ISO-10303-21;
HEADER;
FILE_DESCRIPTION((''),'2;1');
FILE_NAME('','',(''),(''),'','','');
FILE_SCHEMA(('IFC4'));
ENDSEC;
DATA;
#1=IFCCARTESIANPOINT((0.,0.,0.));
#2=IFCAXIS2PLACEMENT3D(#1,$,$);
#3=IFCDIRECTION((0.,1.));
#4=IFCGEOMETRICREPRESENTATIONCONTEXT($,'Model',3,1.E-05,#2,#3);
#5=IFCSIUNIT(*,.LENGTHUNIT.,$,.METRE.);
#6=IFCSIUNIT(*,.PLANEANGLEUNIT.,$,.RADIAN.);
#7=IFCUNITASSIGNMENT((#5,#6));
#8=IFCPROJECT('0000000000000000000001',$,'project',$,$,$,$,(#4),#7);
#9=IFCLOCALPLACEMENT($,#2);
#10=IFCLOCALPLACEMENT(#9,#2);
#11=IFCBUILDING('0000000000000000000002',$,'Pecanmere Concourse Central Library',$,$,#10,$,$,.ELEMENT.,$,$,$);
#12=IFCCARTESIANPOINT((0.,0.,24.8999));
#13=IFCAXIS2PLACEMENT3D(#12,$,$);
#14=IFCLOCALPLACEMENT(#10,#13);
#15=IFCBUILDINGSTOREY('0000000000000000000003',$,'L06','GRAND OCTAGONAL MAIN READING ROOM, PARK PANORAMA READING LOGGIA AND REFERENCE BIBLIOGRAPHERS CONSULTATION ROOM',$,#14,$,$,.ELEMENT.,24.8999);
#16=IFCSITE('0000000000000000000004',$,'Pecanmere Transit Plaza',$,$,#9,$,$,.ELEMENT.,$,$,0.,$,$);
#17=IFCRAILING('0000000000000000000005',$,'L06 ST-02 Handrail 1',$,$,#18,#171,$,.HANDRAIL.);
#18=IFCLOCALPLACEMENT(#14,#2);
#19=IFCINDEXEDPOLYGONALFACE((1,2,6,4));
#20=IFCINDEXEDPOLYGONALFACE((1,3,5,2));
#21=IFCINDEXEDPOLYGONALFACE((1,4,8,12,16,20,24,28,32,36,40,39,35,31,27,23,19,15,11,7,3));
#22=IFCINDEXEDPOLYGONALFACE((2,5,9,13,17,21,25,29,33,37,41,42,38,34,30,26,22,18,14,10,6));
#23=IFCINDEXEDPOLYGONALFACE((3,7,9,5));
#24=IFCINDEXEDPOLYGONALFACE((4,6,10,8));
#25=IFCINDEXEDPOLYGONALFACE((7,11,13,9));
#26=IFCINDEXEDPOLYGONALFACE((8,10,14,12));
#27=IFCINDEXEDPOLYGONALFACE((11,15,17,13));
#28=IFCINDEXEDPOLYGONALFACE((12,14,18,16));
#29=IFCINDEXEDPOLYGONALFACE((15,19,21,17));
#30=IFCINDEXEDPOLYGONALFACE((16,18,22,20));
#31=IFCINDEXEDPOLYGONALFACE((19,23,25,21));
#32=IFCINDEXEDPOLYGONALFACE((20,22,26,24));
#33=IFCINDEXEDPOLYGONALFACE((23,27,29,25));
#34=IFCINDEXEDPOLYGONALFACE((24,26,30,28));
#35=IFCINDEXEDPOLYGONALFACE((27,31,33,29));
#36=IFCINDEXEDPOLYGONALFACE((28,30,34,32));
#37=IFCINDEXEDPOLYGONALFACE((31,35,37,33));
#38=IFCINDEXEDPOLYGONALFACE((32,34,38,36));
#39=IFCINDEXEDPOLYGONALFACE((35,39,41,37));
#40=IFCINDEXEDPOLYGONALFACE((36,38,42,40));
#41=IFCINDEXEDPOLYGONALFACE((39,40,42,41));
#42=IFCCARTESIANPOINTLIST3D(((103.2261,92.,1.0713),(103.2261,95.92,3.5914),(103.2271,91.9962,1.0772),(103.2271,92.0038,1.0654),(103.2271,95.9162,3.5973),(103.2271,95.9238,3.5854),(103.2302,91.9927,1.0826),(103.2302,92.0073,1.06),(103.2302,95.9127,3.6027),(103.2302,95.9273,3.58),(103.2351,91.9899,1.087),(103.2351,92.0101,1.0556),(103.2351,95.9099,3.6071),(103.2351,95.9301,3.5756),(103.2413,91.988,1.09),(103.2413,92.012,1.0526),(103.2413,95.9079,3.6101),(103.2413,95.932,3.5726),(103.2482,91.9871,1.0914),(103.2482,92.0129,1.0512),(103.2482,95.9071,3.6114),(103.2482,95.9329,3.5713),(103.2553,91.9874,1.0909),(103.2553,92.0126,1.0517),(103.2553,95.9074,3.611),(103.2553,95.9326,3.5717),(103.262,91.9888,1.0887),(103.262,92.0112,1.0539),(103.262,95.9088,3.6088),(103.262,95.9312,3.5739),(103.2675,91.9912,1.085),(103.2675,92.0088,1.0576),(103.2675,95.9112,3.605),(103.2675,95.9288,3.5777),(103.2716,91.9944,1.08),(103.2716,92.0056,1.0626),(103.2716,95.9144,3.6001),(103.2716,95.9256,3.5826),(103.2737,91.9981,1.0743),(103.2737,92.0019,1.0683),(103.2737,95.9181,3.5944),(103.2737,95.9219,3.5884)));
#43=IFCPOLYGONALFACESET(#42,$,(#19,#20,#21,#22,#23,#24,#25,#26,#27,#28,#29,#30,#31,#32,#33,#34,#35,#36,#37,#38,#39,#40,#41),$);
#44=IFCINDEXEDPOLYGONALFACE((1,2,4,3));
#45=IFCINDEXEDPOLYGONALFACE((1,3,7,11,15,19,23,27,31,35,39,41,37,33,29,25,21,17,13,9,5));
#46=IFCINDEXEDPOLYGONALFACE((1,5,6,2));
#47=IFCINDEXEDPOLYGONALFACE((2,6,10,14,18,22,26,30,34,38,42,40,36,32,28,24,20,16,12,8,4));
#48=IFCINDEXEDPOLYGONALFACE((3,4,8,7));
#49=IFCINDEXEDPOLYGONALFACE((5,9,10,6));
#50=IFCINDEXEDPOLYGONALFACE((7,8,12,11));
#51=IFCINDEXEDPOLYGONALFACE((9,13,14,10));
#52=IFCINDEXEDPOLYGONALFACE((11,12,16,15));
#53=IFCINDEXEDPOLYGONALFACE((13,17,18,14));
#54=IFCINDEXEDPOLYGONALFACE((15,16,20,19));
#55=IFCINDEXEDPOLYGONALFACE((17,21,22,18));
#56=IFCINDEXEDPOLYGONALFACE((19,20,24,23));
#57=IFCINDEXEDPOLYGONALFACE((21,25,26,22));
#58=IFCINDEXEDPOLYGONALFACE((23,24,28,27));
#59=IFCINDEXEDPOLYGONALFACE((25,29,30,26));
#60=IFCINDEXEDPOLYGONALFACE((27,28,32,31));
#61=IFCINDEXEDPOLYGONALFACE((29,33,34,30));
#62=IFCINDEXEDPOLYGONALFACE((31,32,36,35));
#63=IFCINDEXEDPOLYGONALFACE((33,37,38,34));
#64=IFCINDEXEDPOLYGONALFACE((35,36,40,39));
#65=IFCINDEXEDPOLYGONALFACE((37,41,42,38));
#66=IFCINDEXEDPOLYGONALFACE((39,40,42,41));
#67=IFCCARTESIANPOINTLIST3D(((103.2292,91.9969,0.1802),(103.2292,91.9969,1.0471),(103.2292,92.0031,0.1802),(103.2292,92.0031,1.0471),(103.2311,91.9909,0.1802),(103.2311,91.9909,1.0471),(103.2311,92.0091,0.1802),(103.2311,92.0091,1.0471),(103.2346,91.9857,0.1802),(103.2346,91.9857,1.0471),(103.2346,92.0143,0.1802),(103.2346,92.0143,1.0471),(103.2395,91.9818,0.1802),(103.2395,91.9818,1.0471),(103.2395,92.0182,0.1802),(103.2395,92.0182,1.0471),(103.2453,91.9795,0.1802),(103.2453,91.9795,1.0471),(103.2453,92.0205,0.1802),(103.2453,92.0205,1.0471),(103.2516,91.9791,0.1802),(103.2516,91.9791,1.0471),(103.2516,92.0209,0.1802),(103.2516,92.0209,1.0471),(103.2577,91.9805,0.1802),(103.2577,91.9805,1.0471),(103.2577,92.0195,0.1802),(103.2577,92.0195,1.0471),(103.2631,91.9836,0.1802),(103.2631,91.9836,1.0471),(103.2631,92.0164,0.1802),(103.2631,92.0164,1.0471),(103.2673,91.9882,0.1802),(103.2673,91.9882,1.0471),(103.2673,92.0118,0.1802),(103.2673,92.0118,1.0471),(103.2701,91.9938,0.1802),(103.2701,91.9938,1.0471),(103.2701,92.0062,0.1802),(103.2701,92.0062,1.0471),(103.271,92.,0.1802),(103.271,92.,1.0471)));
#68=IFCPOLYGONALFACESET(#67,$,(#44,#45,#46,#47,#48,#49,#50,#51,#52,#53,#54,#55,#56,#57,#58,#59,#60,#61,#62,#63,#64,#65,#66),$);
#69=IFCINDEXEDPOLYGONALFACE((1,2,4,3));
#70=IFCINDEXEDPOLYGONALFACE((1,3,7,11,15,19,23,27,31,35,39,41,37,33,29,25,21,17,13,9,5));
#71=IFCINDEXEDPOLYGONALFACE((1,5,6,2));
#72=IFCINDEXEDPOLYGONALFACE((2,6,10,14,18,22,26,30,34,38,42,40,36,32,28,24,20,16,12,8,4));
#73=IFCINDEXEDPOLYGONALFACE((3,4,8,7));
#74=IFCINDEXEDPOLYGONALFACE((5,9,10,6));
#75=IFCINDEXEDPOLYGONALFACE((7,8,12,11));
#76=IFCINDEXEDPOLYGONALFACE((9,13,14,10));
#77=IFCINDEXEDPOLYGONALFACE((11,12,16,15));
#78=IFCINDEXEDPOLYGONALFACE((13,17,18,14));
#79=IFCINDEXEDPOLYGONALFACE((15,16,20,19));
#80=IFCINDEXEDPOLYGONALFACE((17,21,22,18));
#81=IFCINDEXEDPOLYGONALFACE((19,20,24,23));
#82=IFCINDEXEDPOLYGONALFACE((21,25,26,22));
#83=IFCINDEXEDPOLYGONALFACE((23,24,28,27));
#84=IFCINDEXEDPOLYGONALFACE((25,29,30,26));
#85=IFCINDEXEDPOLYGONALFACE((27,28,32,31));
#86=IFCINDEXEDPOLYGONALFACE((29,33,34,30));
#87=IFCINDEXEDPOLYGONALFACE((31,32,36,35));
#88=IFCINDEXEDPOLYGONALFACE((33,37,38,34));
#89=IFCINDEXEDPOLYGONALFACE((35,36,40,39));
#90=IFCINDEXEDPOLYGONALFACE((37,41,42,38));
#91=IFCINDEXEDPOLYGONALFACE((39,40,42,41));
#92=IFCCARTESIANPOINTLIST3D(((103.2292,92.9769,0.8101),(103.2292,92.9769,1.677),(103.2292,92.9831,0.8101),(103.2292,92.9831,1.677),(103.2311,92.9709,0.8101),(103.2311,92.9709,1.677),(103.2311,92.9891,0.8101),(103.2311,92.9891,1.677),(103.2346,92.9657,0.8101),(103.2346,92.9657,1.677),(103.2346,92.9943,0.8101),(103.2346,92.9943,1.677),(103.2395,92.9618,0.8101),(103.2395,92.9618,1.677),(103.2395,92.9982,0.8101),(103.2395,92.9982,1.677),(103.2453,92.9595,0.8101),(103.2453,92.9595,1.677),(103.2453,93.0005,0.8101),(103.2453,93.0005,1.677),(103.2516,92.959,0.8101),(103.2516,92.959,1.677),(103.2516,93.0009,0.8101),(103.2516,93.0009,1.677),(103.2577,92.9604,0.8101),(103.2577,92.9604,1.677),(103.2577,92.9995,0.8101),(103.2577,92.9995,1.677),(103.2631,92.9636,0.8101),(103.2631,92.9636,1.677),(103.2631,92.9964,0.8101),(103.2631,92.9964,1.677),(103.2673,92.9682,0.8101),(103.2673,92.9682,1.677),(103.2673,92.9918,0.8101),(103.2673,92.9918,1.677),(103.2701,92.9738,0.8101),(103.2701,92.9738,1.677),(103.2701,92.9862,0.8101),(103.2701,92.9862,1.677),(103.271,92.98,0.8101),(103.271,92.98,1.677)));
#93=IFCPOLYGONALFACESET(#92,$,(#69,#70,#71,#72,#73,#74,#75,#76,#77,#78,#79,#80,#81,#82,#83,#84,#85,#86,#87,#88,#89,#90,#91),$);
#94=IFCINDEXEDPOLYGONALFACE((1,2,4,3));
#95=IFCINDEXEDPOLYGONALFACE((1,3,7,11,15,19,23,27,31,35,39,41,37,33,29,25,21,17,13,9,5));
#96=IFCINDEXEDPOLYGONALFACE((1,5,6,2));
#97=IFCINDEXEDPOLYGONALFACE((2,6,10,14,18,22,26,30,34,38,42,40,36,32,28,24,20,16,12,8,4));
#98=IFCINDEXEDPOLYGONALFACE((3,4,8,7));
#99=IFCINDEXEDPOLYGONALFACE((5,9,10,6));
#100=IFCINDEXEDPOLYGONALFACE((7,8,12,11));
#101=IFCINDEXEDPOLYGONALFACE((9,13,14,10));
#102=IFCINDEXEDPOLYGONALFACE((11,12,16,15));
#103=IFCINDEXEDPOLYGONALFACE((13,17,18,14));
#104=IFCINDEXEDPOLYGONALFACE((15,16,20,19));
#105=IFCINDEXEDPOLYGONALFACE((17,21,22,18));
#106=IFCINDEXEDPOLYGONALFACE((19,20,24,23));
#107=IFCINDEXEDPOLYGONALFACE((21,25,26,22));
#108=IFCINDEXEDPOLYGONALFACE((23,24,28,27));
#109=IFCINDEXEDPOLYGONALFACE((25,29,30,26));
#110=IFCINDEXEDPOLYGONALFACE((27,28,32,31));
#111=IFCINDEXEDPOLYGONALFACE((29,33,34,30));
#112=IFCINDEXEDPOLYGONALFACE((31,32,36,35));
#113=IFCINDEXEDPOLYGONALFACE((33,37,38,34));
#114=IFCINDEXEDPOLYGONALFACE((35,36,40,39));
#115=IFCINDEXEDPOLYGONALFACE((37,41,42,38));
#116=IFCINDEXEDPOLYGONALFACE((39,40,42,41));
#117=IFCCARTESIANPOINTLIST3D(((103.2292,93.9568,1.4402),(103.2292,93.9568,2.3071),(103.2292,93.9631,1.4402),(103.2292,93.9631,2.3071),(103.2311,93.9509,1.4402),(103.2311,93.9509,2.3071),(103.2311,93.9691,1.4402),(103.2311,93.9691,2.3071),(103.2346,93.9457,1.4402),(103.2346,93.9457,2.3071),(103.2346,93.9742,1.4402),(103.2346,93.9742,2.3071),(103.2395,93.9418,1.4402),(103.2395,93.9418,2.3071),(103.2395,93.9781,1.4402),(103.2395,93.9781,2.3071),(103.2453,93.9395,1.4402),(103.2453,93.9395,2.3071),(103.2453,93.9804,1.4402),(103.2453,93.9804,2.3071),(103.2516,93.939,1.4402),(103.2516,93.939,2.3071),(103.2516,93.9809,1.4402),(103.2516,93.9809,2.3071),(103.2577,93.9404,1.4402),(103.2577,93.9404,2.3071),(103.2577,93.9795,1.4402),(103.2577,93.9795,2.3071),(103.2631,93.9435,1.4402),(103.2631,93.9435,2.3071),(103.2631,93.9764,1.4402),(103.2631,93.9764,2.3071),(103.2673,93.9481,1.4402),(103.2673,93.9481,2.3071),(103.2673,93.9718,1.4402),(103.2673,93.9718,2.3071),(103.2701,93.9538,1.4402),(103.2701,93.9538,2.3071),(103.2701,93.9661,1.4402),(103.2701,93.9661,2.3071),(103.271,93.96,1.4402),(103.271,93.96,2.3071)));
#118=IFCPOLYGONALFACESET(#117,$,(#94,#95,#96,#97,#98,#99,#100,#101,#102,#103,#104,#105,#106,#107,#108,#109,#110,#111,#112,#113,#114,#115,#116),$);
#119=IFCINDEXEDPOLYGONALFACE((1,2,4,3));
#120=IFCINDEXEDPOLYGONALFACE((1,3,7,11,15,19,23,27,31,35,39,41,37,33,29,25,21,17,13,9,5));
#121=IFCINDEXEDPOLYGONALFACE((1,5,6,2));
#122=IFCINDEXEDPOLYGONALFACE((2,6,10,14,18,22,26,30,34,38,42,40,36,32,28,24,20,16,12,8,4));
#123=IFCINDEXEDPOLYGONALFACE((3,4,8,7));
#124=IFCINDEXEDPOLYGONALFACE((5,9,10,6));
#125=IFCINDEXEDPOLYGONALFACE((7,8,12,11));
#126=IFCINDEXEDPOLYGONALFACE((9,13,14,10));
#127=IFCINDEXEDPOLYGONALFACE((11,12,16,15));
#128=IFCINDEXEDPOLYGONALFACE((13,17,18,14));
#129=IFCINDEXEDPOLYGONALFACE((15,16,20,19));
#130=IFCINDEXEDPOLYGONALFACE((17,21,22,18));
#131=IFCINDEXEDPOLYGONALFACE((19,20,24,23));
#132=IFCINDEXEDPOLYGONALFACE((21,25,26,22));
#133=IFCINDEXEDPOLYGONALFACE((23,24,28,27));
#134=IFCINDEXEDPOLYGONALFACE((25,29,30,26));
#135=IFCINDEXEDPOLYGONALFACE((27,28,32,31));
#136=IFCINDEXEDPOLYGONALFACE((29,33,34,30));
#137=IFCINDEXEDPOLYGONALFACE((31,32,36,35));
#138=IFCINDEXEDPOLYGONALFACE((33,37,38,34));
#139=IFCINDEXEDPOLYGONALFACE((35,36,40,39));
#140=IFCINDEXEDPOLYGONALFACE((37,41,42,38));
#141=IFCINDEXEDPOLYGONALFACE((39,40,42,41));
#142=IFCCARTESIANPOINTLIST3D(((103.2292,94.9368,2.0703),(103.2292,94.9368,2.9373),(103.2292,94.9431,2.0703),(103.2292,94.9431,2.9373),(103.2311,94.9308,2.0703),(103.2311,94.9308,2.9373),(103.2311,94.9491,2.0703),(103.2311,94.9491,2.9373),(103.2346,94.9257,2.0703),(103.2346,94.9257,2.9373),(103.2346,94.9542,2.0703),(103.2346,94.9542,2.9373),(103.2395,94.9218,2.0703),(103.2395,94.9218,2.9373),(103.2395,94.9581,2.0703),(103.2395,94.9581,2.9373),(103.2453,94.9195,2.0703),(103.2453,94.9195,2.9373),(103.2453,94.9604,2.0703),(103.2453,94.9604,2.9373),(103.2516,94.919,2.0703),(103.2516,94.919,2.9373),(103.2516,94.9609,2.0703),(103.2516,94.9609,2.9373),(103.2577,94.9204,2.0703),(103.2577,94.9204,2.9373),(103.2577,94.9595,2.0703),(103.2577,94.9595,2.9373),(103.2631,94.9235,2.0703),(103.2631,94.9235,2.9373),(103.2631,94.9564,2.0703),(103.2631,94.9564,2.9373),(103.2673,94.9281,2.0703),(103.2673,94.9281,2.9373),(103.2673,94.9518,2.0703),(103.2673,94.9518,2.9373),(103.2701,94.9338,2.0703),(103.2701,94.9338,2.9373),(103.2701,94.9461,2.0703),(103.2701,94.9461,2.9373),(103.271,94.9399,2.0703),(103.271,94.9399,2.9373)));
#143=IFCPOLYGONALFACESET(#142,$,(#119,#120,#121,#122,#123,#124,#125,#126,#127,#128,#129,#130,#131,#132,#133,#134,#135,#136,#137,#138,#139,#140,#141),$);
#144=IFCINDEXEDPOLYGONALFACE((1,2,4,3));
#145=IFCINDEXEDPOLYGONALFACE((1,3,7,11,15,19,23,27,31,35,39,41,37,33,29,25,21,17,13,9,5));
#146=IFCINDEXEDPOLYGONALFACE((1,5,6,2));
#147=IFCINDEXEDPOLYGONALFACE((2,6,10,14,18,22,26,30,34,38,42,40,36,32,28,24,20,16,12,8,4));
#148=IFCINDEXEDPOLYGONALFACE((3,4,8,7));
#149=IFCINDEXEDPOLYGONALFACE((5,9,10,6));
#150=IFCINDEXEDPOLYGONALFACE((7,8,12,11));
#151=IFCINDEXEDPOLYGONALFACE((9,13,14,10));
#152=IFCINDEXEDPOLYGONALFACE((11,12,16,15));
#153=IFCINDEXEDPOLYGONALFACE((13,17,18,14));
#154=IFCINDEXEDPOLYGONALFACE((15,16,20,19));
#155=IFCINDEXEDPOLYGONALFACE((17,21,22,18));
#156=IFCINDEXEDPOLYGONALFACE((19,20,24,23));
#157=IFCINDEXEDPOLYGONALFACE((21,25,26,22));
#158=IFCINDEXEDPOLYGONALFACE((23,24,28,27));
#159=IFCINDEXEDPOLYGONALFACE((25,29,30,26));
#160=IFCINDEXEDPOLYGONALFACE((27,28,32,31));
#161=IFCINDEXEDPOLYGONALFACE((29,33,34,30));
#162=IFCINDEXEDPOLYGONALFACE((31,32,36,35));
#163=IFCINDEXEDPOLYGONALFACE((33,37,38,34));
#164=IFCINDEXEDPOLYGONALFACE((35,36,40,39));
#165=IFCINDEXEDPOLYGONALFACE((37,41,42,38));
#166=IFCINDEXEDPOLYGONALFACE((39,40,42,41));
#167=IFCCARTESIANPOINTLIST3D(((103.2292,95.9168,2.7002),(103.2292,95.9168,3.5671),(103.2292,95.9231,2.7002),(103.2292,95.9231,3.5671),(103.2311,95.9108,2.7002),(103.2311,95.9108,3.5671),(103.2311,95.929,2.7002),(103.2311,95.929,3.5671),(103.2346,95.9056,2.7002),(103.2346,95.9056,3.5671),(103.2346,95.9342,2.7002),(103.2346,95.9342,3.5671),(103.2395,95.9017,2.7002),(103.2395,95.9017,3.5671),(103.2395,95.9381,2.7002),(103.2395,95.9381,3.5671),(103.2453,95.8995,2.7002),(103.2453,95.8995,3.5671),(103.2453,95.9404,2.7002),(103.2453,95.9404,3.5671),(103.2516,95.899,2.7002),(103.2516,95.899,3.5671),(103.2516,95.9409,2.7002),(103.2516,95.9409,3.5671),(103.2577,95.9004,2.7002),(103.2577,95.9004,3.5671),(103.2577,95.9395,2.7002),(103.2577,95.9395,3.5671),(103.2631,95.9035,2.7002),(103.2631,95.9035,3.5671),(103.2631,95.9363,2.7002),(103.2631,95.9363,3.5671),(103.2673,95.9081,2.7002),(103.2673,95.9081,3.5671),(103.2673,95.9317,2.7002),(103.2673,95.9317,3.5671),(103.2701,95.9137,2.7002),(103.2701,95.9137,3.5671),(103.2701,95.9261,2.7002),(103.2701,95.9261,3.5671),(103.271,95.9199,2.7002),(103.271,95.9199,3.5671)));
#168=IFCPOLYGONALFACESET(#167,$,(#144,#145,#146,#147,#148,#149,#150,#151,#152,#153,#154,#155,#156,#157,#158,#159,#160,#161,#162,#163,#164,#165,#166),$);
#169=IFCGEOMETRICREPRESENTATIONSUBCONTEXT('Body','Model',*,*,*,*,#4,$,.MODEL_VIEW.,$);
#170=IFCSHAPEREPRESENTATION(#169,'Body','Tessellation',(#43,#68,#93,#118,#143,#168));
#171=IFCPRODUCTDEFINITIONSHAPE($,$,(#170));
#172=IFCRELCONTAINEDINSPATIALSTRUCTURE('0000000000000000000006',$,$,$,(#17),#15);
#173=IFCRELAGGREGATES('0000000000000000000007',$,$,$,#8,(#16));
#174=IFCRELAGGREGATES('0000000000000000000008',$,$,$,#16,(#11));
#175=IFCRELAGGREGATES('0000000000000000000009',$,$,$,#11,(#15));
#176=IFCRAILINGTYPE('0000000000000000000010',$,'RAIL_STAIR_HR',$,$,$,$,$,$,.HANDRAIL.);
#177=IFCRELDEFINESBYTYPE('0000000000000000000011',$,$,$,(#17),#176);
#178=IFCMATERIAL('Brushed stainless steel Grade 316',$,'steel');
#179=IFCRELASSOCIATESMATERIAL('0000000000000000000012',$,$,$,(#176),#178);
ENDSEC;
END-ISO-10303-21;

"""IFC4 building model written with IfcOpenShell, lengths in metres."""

from ifc_helpers import new_model, si_unit, direction, frame, origin, origin_2d, place, context, subcontext, project, spatial, circle, extrude, material, type_object, element, save


model = new_model("IFC4")

# Units and contexts
model_context = context("Model", 3, precision=1e-05, world=origin(), true_north=direction((0.0, 1.0)))
body_context = subcontext(model_context, "Body", "Model", "MODEL_VIEW")
ifc_project = project(units=[si_unit("LENGTHUNIT", "METRE"), si_unit("PLANEANGLEUNIT", "RADIAN")], contexts=[model_context])

# Site, building, storey
site_placement = place(None, origin())
site = spatial("IfcSite", under=ifc_project, at=site_placement, Name="Pecanmere Transit Plaza", CompositionType="ELEMENT", RefElevation=0.0)
building_placement = place(site_placement, origin())
building = spatial("IfcBuilding", under=site, at=building_placement, Name="Pecanmere Concourse Central Library", CompositionType="ELEMENT")
storey_placement = place(building_placement, frame((0.0, 0.0, 24.8999)))
storey = spatial("IfcBuildingStorey", under=building, at=storey_placement, Name="L06", Description="GRAND OCTAGONAL MAIN READING ROOM, PARK PANORAMA READING LOGGIA AND REFERENCE BIBLIOGRAPHERS CONSULTATION ROOM", CompositionType="ELEMENT", Elevation=24.8999)

# Railing
ifc_material_1 = material(Name="Brushed stainless steel Grade 316", Category="steel")
railing_type_1 = type_object("IfcRailingType", Name="RAIL_STAIR_HR", PredefinedType="HANDRAIL", material=ifc_material_1)
railing_1_placement = place(storey_placement, frame((103.25, 92.0, 0.1802)))
element("IfcRailing", 1, at=railing_1_placement, inside=storey, type_object=railing_type_1, Name="L06 ST-02 Handrail 1", PredefinedType="HANDRAIL", context=body_context, shape_type="SweptSolid", body=[
    extrude(circle(Radius=0.0239, at=origin_2d()), frame((0.0, 0.0, 0.8911), z_axis=(0.0, 0.841172, 0.540768), x_axis=(-1.0, 0.0, 0.0)), (0.0, 0.0, 1.0), 4.6602),
    extrude(circle(Radius=0.021, at=origin_2d()), origin(), (0.0, 0.0, 1.0), 0.8669),
    extrude(circle(Radius=0.021, at=origin_2d()), frame((0.0, 0.98, 0.6299)), (0.0, 0.0, 1.0), 0.8669),
    extrude(circle(Radius=0.021, at=origin_2d()), frame((0.0, 1.96, 1.26)), (0.0, 0.0, 1.0), 0.8669),
    extrude(circle(Radius=0.021, at=origin_2d()), frame((0.0, 2.9399, 1.8901)), (0.0, 0.0, 1.0), 0.8669),
    extrude(circle(Radius=0.021, at=origin_2d()), frame((0.0, 3.9199, 2.52)), (0.0, 0.0, 1.0), 0.8669),
])

save(model, "model.ifc")
